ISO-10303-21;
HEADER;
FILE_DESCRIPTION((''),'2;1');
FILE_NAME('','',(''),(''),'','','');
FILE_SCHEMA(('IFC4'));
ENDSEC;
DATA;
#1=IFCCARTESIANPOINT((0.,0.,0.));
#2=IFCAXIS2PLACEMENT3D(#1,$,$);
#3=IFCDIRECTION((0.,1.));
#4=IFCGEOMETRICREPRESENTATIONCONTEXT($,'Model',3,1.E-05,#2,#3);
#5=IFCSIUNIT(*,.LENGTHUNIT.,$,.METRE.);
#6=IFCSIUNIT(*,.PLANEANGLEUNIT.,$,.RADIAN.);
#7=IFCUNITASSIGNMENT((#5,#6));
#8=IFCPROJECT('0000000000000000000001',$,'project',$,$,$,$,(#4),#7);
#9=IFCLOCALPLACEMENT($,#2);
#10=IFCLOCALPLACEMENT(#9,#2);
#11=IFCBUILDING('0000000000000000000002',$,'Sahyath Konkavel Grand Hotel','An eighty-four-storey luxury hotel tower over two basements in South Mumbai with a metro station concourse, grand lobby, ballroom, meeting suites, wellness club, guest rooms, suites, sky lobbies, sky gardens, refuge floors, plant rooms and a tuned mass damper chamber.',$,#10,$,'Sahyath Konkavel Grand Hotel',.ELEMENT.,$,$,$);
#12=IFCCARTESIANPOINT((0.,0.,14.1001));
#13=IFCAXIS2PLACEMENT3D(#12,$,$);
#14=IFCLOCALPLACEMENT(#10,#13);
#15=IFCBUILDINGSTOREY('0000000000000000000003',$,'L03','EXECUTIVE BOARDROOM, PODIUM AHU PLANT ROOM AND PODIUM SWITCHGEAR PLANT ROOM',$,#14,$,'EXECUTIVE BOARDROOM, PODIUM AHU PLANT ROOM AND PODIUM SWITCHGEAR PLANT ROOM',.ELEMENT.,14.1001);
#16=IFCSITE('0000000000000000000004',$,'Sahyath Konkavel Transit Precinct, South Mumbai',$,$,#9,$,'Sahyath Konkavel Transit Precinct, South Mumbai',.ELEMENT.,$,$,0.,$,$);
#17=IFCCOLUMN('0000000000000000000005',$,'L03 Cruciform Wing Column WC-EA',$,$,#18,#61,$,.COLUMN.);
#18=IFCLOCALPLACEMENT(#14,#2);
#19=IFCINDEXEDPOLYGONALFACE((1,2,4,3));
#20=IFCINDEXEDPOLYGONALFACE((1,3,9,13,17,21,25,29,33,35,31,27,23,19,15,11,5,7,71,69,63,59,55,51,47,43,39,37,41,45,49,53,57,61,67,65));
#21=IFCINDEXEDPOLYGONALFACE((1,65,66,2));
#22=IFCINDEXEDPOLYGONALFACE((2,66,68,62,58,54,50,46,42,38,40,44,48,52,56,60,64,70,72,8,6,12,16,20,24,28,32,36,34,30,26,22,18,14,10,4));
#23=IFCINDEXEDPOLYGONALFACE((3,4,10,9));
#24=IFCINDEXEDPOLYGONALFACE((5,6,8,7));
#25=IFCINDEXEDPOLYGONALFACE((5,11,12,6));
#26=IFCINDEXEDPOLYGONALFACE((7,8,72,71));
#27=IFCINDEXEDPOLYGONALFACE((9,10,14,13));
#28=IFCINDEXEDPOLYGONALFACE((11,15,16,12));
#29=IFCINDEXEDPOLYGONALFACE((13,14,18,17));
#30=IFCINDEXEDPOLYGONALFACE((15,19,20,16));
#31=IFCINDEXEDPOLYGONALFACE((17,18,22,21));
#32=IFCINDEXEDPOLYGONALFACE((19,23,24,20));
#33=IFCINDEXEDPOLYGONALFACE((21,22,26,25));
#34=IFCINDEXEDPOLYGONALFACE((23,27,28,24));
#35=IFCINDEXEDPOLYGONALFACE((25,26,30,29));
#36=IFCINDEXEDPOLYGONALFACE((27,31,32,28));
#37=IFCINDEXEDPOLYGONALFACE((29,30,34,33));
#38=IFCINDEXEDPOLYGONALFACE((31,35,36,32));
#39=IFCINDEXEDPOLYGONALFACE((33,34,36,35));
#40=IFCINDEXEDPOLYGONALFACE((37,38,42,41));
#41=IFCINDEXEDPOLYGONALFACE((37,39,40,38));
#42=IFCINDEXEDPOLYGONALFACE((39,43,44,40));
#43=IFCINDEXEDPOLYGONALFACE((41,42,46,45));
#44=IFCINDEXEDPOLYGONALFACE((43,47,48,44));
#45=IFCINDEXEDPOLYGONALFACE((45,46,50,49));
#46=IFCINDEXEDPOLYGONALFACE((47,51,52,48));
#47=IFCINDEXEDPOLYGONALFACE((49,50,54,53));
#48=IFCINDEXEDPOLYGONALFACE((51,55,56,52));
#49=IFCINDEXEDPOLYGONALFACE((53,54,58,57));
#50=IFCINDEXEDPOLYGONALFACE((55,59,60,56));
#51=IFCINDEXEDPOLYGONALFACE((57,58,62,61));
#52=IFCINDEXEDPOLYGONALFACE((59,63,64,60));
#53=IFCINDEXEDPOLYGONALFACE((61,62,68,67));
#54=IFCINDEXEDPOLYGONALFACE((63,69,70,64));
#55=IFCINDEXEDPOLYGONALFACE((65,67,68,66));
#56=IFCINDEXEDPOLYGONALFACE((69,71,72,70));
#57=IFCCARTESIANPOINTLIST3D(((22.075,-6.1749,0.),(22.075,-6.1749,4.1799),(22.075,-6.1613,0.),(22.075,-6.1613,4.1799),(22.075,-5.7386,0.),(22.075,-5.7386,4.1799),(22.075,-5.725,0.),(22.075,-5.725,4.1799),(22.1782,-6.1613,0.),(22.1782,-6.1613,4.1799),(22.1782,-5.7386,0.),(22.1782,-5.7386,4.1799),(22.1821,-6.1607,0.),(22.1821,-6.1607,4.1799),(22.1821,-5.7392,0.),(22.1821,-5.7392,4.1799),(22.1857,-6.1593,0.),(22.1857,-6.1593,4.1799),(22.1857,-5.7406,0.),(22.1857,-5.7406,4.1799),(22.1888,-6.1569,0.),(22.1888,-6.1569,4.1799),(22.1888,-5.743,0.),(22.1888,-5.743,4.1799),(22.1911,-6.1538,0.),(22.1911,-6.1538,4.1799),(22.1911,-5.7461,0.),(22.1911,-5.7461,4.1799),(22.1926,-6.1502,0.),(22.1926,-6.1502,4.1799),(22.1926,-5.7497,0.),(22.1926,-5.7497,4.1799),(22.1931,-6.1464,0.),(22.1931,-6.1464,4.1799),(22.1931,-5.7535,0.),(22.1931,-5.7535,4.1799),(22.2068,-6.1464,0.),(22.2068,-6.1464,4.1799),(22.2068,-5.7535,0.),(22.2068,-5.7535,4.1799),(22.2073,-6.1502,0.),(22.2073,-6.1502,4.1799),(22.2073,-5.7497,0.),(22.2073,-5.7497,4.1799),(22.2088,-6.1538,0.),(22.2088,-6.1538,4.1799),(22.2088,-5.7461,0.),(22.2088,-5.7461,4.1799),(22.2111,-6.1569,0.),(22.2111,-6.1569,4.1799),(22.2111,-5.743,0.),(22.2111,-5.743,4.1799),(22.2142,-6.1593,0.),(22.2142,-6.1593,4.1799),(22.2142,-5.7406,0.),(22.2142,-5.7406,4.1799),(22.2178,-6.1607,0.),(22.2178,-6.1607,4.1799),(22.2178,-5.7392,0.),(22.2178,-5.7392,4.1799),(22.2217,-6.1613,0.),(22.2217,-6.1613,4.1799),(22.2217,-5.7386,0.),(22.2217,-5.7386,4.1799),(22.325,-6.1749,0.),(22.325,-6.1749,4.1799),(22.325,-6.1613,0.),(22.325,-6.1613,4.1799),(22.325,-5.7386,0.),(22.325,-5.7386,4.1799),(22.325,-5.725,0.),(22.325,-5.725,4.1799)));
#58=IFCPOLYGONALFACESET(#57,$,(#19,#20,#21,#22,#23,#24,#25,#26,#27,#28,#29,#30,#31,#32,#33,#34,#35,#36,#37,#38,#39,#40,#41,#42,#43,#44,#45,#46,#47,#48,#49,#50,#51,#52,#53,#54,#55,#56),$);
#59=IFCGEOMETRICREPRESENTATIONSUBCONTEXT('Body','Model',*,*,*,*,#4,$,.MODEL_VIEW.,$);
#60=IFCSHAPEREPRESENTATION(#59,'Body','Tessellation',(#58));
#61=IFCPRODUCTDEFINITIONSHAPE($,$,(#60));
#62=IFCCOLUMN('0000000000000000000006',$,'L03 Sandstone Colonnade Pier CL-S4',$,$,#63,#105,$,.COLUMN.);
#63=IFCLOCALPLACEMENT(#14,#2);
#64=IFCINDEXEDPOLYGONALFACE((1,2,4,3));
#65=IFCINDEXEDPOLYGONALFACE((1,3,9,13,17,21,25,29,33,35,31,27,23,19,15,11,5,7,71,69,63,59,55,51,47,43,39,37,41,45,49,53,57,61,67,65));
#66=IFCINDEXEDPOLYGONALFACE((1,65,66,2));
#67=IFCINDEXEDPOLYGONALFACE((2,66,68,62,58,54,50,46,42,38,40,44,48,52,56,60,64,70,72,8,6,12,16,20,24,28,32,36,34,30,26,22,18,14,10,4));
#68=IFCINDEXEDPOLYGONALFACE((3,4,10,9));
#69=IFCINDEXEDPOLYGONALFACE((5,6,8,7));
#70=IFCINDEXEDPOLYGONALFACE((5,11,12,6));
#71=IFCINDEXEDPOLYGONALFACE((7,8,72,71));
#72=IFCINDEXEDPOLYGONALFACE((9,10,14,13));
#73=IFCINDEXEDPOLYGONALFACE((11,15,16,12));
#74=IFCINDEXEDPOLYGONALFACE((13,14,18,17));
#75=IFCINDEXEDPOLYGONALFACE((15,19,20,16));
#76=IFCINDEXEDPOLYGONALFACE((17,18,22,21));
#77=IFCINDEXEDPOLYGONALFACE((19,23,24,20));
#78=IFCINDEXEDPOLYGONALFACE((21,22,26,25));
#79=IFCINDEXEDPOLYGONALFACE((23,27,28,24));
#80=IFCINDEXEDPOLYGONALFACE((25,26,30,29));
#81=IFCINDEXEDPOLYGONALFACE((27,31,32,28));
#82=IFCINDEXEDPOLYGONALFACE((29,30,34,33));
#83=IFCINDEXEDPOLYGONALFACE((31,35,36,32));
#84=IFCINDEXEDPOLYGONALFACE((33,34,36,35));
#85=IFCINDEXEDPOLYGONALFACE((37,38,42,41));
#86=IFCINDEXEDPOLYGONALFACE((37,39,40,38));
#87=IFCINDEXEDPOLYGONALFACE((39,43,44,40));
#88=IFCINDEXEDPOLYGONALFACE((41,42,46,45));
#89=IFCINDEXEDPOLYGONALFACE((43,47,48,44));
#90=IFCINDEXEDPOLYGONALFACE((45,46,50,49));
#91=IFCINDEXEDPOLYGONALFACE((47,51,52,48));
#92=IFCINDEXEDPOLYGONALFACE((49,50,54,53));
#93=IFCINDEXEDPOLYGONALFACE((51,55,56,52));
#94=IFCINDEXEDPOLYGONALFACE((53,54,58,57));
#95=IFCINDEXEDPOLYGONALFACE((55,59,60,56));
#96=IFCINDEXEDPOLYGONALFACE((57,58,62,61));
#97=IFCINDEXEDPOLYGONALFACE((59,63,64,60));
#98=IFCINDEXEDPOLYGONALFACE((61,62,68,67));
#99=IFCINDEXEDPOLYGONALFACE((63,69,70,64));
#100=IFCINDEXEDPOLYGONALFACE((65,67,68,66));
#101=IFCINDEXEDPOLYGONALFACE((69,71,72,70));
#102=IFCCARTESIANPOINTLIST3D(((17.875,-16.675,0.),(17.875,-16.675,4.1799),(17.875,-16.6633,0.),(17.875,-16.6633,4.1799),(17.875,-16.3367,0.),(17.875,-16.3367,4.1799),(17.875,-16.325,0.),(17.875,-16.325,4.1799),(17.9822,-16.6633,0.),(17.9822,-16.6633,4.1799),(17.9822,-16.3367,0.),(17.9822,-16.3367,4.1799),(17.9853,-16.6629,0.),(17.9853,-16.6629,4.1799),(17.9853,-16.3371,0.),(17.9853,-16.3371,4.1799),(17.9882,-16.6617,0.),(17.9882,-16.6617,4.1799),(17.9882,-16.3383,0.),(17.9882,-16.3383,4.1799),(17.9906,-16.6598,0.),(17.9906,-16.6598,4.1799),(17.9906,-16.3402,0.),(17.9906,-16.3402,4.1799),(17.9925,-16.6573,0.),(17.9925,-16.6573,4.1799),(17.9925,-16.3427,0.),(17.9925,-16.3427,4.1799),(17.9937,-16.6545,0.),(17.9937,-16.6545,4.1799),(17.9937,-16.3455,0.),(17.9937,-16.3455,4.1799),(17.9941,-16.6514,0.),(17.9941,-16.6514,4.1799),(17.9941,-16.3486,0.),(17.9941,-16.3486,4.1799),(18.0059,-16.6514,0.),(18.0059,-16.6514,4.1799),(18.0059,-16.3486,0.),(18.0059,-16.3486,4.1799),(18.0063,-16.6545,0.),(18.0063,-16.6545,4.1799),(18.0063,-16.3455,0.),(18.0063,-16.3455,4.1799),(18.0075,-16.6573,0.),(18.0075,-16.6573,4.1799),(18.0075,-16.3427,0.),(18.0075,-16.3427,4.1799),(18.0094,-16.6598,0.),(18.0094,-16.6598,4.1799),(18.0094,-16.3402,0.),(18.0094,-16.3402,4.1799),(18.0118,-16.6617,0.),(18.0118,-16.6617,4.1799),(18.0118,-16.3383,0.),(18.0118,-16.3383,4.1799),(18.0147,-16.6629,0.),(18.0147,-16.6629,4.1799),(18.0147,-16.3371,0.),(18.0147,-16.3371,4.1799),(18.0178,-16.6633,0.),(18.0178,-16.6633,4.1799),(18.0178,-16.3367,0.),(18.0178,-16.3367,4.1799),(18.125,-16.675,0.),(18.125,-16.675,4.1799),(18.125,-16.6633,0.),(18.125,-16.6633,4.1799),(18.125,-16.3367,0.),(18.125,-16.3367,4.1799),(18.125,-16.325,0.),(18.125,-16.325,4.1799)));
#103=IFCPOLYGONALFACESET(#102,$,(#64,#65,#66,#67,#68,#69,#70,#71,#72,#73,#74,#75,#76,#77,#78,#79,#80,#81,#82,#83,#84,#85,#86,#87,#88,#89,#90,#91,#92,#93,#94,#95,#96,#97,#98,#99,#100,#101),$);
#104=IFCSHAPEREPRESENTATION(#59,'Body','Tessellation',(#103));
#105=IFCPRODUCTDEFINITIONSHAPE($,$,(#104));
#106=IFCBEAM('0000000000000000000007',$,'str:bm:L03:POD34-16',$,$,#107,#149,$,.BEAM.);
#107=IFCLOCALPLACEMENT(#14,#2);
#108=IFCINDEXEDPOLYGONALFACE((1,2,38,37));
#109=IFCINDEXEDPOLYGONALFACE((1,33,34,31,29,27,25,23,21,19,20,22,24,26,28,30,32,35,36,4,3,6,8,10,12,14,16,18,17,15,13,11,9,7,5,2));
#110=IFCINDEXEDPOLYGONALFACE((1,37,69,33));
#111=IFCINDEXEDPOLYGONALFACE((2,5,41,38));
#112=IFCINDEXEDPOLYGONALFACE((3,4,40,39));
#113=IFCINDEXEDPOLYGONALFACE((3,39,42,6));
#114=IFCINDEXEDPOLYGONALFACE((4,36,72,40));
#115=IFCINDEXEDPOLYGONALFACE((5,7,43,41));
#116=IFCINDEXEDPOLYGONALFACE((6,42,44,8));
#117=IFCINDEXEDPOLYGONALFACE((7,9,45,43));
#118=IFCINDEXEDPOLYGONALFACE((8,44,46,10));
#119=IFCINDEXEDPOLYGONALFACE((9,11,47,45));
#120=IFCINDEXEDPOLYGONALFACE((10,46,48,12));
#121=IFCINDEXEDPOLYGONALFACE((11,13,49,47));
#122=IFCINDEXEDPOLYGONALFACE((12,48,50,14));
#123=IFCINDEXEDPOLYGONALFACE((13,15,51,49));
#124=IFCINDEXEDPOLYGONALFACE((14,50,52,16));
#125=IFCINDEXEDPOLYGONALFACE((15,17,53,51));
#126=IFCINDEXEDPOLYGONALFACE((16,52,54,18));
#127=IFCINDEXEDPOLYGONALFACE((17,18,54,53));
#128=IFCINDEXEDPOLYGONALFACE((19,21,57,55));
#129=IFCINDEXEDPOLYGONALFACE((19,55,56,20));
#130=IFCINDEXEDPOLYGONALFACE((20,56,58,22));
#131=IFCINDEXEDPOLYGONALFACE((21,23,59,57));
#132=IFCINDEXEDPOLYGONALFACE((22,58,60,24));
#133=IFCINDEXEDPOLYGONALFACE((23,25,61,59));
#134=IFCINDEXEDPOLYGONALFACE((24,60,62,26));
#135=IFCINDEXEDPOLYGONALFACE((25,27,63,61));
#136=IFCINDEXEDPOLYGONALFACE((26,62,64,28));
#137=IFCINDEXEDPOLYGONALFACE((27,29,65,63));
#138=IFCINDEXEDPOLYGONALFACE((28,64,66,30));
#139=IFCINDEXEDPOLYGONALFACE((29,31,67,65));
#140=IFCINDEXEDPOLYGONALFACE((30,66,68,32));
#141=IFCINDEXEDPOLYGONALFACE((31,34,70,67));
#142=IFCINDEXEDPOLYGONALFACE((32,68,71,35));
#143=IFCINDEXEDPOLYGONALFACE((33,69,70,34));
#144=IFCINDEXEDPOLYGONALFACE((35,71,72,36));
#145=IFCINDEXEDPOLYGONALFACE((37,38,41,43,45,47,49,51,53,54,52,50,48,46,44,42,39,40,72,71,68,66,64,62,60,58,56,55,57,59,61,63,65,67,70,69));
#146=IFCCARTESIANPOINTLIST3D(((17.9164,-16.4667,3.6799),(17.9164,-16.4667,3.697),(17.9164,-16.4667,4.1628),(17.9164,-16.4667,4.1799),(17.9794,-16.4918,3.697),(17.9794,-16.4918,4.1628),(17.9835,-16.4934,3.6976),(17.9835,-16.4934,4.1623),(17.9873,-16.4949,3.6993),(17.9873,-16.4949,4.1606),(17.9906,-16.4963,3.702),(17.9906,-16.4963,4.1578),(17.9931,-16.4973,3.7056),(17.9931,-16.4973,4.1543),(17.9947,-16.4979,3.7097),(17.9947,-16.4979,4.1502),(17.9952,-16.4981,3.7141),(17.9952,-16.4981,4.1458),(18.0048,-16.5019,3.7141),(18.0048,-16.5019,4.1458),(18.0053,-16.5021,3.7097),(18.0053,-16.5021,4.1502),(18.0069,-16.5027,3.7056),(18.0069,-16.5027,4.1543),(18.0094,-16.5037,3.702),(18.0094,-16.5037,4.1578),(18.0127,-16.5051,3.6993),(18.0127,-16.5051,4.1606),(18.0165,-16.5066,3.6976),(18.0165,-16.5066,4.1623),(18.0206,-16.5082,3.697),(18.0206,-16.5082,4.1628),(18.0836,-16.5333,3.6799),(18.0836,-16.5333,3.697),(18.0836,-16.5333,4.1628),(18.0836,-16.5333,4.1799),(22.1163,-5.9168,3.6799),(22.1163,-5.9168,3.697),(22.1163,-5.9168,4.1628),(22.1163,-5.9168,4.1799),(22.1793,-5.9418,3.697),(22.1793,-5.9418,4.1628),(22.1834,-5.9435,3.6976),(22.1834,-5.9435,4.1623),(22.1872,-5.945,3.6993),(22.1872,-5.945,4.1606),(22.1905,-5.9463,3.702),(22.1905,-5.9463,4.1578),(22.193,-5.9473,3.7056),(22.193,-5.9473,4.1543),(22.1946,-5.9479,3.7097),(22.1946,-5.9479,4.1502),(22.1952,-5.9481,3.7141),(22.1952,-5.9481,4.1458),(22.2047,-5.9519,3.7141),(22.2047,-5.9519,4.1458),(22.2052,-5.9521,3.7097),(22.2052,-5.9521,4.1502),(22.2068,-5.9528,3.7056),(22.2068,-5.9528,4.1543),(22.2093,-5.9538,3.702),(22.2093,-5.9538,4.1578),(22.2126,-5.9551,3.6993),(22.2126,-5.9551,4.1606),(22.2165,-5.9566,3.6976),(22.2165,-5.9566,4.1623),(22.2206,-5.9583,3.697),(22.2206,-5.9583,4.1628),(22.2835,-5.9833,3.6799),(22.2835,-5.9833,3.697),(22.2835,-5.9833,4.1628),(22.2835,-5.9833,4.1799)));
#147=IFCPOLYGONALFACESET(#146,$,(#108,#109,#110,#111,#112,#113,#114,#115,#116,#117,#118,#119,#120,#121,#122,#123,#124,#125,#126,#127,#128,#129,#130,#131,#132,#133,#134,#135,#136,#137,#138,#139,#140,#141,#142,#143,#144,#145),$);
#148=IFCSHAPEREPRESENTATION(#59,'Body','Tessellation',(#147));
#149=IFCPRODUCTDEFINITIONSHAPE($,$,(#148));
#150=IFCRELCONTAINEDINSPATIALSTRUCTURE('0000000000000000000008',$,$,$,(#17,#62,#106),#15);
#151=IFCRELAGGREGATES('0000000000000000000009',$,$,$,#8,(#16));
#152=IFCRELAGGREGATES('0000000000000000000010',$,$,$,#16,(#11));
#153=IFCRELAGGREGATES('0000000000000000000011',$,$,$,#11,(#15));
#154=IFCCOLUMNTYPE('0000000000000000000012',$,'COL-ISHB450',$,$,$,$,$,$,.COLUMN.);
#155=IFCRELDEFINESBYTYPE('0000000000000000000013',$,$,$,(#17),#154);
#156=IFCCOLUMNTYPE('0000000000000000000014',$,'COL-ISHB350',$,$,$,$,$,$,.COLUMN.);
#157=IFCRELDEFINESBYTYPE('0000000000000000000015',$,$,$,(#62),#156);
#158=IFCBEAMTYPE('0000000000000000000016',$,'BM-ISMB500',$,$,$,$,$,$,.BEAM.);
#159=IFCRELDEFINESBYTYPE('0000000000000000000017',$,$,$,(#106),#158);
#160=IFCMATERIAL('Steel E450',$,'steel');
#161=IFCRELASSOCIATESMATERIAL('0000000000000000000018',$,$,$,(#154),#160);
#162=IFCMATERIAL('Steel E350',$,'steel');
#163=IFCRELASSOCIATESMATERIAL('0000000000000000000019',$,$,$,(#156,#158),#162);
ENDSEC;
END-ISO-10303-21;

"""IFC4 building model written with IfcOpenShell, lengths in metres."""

from ifc_helpers import new_model, si_unit, direction, frame, origin, origin_2d, place, context, subcontext, project, spatial, i_section, extrude, source, transform, mapped, material, material_profile, profile_set, type_object, element, save


model = new_model("IFC4")

# Units and contexts
model_context = context("Model", 3, precision=1e-05, world=origin(), true_north=direction((0.0, 1.0)))
body_context = subcontext(model_context, "Body", "Model", "MODEL_VIEW")
ifc_project = project(units=[si_unit("LENGTHUNIT", "METRE"), si_unit("PLANEANGLEUNIT", "RADIAN")], contexts=[model_context])

# Site, building, storey
site_placement = place(None, origin())
site = spatial("IfcSite", under=ifc_project, at=site_placement, Name="Sahyath Konkavel Transit Precinct, South Mumbai", LongName="Sahyath Konkavel Transit Precinct, South Mumbai", CompositionType="ELEMENT", RefElevation=0.0)
building_placement = place(site_placement, origin())
building = spatial("IfcBuilding", under=site, at=building_placement, Name="Sahyath Konkavel Grand Hotel", Description="An eighty-four-storey luxury hotel tower over two basements in South Mumbai with a metro station concourse, grand lobby, ballroom, meeting suites, wellness club, guest rooms, suites, sky lobbies, sky gardens, refuge floors, plant rooms and a tuned mass damper chamber.", LongName="Sahyath Konkavel Grand Hotel", CompositionType="ELEMENT")
storey_placement = place(building_placement, frame((0.0, 0.0, 14.1001)))
storey = spatial("IfcBuildingStorey", under=building, at=storey_placement, Name="L03", Description="EXECUTIVE BOARDROOM, PODIUM AHU PLANT ROOM AND PODIUM SWITCHGEAR PLANT ROOM", LongName="EXECUTIVE BOARDROOM, PODIUM AHU PLANT ROOM AND PODIUM SWITCHGEAR PLANT ROOM", CompositionType="ELEMENT", Elevation=14.1001)

# Columns
ifc_material_1 = material(Name="Steel E450", Category="steel")
ifc_material_profile_1 = material_profile(ifc_material_1, i_section(OverallWidth=0.25, OverallDepth=0.45, WebThickness=0.0137, FlangeThickness=0.0137, FilletRadius=0.0149, at=origin_2d()), Name="ISHB 450")
ifc_profile_set_1 = profile_set([ifc_material_profile_1], Name="Steel E450")
column_type_1 = type_object("IfcColumnType", Name="COL-ISHB450", PredefinedType="COLUMN", material=ifc_profile_set_1)
shared_shape_1 = source(origin(), body_context, "Body", "SweptSolid", [
    extrude(i_section(OverallWidth=0.25, OverallDepth=0.45, WebThickness=0.0137, FlangeThickness=0.0137, FilletRadius=0.0149, at=origin_2d()), origin(), (0.0, 0.0, 1.0), 4.1799),
])
column_1_placement = place(storey_placement, frame((22.2, -5.95, 0.0), z_axis=(0.0, 0.0, 1.0), x_axis=(1.0, 0.0, 0.0)))
element("IfcColumn", 1, at=column_1_placement, inside=storey, type_object=column_type_1, Name="L03 Cruciform Wing Column WC-EA", PredefinedType="COLUMN", context=body_context, shape_type="MappedRepresentation", body=[
    mapped(shared_shape_1, transform((0.0, 0.0, 0.0), scale=1.0)),
])
ifc_material_2 = material(Name="Steel E350", Category="steel")
ifc_material_profile_2 = material_profile(ifc_material_2, i_section(OverallWidth=0.25, OverallDepth=0.3501, WebThickness=0.0117, FlangeThickness=0.0117, FilletRadius=0.012, at=origin_2d()), Name="ISHB 350")
ifc_profile_set_2 = profile_set([ifc_material_profile_2], Name="Steel E350")
column_type_2 = type_object("IfcColumnType", Name="COL-ISHB350", PredefinedType="COLUMN", material=ifc_profile_set_2)
shared_shape_2 = source(origin(), body_context, "Body", "SweptSolid", [
    extrude(i_section(OverallWidth=0.25, OverallDepth=0.3501, WebThickness=0.0117, FlangeThickness=0.0117, FilletRadius=0.012, at=origin_2d()), origin(), (0.0, 0.0, 1.0), 4.1799),
])
column_2_placement = place(storey_placement, frame((18.0, -16.5, 0.0), z_axis=(0.0, 0.0, 1.0), x_axis=(1.0, 0.0, 0.0)))
element("IfcColumn", 2, at=column_2_placement, inside=storey, type_object=column_type_2, Name="L03 Sandstone Colonnade Pier CL-S4", PredefinedType="COLUMN", context=body_context, shape_type="MappedRepresentation", body=[
    mapped(shared_shape_2, transform((0.0, 0.0, 0.0), scale=1.0)),
])

# Beam
ifc_material_profile_3 = material_profile(ifc_material_2, i_section(OverallWidth=0.1799, OverallDepth=0.5, WebThickness=0.0103, FlangeThickness=0.0171, FilletRadius=0.0171, at=origin_2d()), Name="ISMB 500")
ifc_profile_set_3 = profile_set([ifc_material_profile_3], Name="Steel E350")
beam_type_1 = type_object("IfcBeamType", Name="BM-ISMB500", PredefinedType="BEAM", material=ifc_profile_set_3)
shared_shape_3 = source(origin(), body_context, "Body", "SweptSolid", [
    extrude(i_section(OverallWidth=0.1799, OverallDepth=0.5, WebThickness=0.0103, FlangeThickness=0.0171, FilletRadius=0.0171, at=origin_2d()), origin(), (0.0, 0.0, 1.0), 11.3552),
])
beam_1_placement = place(storey_placement, frame((18.0, -16.5, 3.9299), z_axis=(0.369867, 0.929085, 0.0), x_axis=(-0.929085, 0.369867, 0.0)))
element("IfcBeam", 3, at=beam_1_placement, inside=storey, type_object=beam_type_1, Name="str:bm:L03:POD34-16", PredefinedType="BEAM", context=body_context, shape_type="MappedRepresentation", body=[
    mapped(shared_shape_3, transform((0.0, 0.0, 0.0), scale=1.0)),
])

save(model, "model.ifc")
